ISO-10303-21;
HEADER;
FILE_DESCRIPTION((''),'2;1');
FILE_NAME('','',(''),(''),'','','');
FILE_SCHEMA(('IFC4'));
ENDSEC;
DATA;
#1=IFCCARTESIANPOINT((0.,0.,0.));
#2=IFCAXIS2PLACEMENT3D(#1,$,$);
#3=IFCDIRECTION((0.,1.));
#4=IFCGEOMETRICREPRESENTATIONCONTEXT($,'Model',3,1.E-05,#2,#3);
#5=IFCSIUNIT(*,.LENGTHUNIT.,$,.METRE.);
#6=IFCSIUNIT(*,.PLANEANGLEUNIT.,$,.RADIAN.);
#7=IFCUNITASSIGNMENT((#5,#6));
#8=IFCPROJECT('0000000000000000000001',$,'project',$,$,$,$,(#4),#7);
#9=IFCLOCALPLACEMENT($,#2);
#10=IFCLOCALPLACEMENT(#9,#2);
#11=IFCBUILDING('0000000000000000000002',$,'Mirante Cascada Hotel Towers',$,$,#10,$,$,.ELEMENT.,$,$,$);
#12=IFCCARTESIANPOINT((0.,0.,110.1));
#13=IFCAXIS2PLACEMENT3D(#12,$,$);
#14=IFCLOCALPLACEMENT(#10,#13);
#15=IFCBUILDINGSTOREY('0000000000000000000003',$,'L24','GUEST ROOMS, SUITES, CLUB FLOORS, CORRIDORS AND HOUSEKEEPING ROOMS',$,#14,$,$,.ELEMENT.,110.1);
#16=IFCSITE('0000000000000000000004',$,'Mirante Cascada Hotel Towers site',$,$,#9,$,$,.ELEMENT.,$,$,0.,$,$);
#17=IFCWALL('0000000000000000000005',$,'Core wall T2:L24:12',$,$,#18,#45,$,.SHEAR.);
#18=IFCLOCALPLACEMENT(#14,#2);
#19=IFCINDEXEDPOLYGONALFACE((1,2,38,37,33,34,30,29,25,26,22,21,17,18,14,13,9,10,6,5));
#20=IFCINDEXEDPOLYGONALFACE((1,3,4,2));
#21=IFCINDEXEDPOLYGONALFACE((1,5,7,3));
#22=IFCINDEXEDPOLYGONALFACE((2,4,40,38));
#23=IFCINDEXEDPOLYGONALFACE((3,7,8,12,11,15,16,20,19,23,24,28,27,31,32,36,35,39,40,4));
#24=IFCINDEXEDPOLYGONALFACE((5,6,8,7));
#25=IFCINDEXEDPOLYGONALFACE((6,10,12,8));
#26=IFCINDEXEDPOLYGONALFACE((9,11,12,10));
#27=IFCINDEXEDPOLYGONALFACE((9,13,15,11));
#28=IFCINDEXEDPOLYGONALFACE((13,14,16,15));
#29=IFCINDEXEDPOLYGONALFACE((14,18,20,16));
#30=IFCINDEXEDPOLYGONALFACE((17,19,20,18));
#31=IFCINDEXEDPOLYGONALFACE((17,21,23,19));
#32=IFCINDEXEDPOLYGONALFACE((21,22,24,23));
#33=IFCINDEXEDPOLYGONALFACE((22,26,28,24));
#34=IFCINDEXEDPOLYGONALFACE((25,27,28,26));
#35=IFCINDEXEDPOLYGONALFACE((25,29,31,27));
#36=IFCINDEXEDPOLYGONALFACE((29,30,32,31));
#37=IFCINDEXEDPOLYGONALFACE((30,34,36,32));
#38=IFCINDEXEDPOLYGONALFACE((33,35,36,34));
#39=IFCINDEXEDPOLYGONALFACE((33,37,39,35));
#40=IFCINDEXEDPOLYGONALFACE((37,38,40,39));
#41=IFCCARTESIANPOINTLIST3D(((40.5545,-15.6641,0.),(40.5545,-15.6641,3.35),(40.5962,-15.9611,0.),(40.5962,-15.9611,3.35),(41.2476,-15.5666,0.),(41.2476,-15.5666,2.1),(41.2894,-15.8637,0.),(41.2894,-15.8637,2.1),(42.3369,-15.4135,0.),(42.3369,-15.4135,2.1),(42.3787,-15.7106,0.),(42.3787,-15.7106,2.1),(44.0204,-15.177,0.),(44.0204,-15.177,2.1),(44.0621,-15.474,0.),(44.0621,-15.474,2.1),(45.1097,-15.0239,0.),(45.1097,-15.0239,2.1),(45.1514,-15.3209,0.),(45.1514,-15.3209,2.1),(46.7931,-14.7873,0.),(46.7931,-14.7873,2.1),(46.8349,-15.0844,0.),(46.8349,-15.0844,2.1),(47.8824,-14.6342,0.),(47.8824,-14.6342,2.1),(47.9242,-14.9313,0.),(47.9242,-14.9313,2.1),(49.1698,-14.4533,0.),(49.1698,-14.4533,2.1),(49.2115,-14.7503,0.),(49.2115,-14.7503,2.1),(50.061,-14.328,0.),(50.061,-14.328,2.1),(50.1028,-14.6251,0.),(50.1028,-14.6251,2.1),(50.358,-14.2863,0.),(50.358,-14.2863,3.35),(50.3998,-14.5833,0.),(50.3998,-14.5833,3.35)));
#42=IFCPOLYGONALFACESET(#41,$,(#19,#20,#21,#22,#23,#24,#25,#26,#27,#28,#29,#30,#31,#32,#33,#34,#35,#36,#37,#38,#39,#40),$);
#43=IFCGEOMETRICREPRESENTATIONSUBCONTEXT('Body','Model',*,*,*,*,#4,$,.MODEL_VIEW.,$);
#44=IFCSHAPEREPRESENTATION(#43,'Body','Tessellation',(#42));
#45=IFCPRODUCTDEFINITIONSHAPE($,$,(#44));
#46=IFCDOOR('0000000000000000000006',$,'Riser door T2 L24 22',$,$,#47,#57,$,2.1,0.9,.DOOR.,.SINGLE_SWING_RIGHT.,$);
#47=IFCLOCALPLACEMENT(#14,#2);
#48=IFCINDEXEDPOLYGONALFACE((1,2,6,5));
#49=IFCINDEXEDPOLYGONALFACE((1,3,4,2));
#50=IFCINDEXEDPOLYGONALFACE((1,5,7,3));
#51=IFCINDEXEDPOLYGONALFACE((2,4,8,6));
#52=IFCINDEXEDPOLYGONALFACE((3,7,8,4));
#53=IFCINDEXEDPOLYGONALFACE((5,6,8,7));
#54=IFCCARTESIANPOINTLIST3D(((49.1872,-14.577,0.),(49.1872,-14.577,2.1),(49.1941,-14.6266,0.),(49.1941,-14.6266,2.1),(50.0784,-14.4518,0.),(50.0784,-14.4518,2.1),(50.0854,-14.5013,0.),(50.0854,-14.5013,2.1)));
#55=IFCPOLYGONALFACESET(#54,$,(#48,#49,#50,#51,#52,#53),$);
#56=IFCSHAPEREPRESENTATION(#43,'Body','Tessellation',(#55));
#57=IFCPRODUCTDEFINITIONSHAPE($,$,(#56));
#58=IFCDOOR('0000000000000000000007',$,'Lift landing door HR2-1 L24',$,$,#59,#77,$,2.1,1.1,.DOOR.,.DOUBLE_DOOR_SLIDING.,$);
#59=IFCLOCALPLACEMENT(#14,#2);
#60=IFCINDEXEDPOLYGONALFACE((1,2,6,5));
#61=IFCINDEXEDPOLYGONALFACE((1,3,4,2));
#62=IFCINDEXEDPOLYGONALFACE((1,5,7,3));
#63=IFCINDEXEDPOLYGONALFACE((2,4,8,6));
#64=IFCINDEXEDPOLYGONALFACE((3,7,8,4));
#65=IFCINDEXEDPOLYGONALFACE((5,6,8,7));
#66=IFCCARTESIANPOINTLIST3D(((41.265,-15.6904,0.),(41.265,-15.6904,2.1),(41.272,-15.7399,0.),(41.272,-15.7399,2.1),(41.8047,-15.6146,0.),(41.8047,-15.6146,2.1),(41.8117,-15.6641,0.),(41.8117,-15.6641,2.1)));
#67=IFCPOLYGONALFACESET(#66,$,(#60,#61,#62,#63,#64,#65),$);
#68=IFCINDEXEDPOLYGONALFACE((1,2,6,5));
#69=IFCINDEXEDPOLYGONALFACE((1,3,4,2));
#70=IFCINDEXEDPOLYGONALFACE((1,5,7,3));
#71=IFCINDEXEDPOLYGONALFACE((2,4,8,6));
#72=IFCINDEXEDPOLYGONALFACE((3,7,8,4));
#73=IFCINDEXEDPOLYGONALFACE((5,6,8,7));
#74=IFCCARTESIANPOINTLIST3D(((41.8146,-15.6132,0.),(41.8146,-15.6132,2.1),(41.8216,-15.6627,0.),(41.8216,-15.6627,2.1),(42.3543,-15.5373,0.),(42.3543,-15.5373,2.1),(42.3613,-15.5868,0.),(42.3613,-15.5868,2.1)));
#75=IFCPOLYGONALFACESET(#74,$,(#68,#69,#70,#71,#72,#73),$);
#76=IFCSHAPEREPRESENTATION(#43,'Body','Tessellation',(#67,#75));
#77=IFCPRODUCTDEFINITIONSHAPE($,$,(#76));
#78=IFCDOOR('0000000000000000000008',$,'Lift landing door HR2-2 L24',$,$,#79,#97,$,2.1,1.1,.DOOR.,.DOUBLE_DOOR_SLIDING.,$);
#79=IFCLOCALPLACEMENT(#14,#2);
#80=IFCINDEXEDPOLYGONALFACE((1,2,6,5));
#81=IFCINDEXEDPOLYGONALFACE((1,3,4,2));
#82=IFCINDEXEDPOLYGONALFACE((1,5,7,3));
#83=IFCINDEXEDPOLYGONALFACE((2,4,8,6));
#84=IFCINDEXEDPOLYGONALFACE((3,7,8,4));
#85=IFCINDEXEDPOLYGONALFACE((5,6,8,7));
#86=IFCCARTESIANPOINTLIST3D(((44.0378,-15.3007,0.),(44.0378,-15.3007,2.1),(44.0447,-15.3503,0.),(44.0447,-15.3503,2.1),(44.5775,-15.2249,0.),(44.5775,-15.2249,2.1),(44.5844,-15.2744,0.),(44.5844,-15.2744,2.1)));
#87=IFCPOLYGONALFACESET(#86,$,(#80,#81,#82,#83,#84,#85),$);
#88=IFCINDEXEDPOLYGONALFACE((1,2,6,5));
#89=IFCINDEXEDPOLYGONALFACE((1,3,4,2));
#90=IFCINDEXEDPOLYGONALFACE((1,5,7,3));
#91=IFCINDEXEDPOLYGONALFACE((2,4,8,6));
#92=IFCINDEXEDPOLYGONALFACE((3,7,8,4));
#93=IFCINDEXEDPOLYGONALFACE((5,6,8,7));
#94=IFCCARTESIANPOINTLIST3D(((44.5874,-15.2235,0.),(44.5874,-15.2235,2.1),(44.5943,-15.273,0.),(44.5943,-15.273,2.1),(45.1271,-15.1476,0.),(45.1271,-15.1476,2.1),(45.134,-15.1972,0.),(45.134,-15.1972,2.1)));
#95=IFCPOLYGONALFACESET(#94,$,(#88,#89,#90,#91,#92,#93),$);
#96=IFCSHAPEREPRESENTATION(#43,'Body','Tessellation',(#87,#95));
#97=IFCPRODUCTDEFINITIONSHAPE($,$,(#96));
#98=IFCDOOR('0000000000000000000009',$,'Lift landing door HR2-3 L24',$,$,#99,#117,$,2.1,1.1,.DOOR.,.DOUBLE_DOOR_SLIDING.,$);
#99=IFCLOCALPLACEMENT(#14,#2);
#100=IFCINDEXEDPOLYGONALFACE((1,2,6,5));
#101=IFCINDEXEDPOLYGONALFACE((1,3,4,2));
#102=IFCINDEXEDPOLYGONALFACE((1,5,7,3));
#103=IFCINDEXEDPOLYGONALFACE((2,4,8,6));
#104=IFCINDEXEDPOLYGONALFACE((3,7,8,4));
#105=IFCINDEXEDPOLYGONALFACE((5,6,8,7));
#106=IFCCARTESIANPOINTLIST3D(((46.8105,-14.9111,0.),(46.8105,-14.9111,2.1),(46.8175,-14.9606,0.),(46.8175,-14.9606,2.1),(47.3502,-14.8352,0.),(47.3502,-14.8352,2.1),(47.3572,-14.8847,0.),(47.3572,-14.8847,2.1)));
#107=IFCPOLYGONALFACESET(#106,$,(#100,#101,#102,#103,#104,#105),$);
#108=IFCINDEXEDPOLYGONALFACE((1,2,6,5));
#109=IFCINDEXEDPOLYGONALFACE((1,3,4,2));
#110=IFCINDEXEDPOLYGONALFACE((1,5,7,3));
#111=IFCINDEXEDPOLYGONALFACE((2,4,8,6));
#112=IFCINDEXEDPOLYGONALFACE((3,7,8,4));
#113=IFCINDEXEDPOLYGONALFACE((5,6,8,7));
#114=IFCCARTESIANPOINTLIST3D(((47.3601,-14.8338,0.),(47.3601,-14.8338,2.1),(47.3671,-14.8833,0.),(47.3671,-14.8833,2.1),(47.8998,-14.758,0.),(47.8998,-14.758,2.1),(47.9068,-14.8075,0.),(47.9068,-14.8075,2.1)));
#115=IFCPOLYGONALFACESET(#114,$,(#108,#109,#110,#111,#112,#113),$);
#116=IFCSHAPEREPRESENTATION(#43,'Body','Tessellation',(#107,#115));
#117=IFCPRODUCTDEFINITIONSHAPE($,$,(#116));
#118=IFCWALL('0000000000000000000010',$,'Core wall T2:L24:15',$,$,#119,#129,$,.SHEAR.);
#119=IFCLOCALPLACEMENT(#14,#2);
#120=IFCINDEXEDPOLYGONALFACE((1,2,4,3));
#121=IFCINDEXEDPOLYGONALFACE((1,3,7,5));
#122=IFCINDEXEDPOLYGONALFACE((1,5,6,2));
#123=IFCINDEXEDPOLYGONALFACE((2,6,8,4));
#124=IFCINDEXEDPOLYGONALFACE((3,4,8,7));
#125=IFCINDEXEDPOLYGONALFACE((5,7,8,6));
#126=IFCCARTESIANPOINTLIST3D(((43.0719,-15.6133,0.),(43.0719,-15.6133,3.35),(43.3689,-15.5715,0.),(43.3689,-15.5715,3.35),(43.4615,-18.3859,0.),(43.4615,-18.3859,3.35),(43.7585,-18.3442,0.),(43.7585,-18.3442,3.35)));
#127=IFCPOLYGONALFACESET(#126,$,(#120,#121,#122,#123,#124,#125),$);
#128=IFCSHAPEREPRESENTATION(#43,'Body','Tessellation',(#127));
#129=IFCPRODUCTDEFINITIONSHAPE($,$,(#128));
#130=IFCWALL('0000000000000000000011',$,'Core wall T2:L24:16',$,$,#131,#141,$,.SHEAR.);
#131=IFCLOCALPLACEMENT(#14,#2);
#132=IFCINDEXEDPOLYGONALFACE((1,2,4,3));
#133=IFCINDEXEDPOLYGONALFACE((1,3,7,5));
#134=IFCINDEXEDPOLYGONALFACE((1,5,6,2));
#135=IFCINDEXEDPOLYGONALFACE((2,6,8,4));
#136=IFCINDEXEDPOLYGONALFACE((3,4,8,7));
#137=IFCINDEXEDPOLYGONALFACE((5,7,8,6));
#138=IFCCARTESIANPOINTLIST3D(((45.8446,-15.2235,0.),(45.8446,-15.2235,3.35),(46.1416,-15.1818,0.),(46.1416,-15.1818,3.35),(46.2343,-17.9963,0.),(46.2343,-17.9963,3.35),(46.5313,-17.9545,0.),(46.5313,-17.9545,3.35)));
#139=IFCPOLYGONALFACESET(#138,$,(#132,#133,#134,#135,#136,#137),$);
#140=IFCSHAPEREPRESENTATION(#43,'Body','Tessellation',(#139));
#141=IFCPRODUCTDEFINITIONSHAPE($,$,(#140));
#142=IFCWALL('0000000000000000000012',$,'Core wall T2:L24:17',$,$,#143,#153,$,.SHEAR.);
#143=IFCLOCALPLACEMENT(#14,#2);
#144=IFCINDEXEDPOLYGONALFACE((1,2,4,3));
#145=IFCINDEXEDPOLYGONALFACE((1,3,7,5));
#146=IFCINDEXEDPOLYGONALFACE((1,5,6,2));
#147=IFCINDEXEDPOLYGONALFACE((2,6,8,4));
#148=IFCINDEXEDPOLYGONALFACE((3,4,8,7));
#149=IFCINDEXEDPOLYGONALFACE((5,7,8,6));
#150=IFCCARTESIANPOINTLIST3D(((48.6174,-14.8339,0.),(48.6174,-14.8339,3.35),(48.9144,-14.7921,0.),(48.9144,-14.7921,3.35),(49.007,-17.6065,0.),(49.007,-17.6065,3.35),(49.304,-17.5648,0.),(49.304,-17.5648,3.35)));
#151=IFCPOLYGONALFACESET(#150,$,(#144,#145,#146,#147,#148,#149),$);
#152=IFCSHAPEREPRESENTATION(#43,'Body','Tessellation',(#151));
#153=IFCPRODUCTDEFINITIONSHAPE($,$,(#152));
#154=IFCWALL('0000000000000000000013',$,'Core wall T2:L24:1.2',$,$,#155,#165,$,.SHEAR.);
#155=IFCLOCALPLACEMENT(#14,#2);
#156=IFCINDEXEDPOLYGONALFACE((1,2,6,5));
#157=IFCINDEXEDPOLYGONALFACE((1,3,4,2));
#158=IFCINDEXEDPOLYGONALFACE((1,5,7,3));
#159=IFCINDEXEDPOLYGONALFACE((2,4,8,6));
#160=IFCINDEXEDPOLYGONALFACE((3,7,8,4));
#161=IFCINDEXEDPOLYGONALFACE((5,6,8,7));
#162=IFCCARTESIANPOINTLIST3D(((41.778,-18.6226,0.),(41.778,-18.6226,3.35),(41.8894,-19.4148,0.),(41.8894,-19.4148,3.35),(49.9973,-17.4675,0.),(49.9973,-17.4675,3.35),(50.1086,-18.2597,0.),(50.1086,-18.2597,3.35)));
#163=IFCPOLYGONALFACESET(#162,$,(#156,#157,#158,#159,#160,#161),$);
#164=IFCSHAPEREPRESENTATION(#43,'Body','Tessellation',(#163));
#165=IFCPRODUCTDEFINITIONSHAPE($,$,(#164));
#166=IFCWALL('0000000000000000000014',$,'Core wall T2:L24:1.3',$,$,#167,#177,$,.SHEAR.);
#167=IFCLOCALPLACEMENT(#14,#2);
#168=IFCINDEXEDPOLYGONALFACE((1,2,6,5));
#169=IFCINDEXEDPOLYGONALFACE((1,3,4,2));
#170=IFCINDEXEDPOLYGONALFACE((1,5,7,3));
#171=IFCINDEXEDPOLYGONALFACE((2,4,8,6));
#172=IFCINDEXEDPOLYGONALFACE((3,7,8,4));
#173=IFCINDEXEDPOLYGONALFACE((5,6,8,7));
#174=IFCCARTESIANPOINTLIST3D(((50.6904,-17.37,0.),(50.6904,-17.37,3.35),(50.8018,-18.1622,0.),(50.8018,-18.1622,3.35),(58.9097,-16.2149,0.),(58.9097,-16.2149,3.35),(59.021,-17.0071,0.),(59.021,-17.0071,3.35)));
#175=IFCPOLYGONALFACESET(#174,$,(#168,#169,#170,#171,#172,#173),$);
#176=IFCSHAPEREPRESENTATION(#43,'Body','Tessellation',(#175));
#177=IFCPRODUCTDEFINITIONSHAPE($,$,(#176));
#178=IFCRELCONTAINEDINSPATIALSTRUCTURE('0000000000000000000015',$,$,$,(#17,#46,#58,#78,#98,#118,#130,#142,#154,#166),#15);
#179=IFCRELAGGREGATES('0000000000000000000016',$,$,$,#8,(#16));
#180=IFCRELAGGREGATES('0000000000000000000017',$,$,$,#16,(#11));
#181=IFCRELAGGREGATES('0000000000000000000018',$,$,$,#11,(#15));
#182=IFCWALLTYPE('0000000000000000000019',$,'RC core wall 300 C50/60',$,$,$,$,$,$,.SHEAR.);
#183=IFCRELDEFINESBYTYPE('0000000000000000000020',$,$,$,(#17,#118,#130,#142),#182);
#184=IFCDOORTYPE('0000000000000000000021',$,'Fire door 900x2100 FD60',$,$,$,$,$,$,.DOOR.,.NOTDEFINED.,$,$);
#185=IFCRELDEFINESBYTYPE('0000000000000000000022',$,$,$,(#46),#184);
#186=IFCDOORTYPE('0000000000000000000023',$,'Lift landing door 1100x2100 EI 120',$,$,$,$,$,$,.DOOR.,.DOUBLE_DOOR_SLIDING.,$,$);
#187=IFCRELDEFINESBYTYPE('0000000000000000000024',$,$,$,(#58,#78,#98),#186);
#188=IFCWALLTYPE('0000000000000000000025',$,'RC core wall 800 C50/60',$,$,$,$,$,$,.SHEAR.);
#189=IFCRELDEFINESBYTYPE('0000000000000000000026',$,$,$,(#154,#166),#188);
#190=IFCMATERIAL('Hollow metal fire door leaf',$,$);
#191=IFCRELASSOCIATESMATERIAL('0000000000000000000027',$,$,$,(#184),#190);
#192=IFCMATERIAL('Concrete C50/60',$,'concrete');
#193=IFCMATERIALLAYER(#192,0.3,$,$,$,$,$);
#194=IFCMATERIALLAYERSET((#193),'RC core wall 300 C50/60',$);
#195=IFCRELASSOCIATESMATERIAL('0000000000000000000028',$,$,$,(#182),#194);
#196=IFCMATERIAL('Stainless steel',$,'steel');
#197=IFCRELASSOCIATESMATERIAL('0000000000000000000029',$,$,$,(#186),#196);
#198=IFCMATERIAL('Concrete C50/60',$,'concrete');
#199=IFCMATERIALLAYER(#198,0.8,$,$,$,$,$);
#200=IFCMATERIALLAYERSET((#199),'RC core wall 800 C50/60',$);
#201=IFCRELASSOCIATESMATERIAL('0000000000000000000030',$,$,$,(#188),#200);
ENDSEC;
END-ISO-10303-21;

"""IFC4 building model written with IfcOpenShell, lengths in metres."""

from ifc_helpers import new_model, si_unit, direction, frame, frame_2d, origin, place, context, subcontext, project, spatial, rectangle, extrude, material, layer, layer_set, type_object, element, fill, save


model = new_model("IFC4")

# Units and contexts
model_context = context("Model", 3, precision=1e-05, world=origin(), true_north=direction((0.0, 1.0)))
body_context = subcontext(model_context, "Body", "Model", "MODEL_VIEW")
ifc_project = project(units=[si_unit("LENGTHUNIT", "METRE"), si_unit("PLANEANGLEUNIT", "RADIAN")], contexts=[model_context])

# Site, building, storey
site_placement = place(None, origin())
site = spatial("IfcSite", under=ifc_project, at=site_placement, Name="Mirante Cascada Hotel Towers site", CompositionType="ELEMENT", RefElevation=0.0)
building_placement = place(site_placement, origin())
building = spatial("IfcBuilding", under=site, at=building_placement, Name="Mirante Cascada Hotel Towers", CompositionType="ELEMENT")
storey_placement = place(building_placement, frame((0.0, 0.0, 110.1)))
storey = spatial("IfcBuildingStorey", under=building, at=storey_placement, Name="L24", Description="GUEST ROOMS, SUITES, CLUB FLOORS, CORRIDORS AND HOUSEKEEPING ROOMS", CompositionType="ELEMENT", Elevation=110.1)

# Shared definitions
ifc_material_1 = material(Name="Hollow metal fire door leaf")
door_type_1 = type_object("IfcDoorType", Name="Fire door 900x2100 FD60", OperationType="NOTDEFINED", PredefinedType="DOOR", material=ifc_material_1)

# Shared definitions
ifc_material_2 = material(Name="Concrete C50/60", Category="concrete")
ifc_layer_1 = layer(ifc_material_2, 0.3)
ifc_layer_set_1 = layer_set([ifc_layer_1], Name="RC core wall 300 C50/60")
wall_type_1 = type_object("IfcWallType", Name="RC core wall 300 C50/60", PredefinedType="SHEAR", material=ifc_layer_set_1)

# Wall, openings, doors
wall_1_placement = place(storey_placement, frame((40.5753, -15.8126, 0.0), z_axis=(0.0, 0.0, 1.0), x_axis=(0.990268, 0.139173, 0.0)))
wall_1 = element("IfcWall", 1, at=wall_1_placement, inside=storey, type_object=wall_type_1, Name="Core wall T2:L24:12", PredefinedType="SHEAR", context=body_context, shape_type="SweptSolid", body=[
    extrude(rectangle(XDim=9.8999, YDim=0.3, at=frame_2d((4.95, 0.0))), origin(), (0.0, 0.0, 1.0), 3.35),
])
opening_1_placement = place(wall_1_placement, frame((0.7, 0.0, 0.0)))
opening_1 = element("IfcOpeningElement", 2, at=opening_1_placement, cuts=wall_1, PredefinedType="OPENING", context=body_context, shape_type="SweptSolid", body=[
    extrude(rectangle(XDim=1.1, YDim=2.1, at=frame_2d((0.55, 1.05))), frame((0.0, 0.15, 0.0), z_axis=(0.0, -1.0, 0.0), x_axis=(1.0, 0.0, 0.0)), (0.0, 0.0, 1.0), 0.3),
])
opening_2_placement = place(wall_1_placement, frame((3.5, 0.0, 0.0)))
opening_2 = element("IfcOpeningElement", 3, at=opening_2_placement, cuts=wall_1, PredefinedType="OPENING", context=body_context, shape_type="SweptSolid", body=[
    extrude(rectangle(XDim=1.1, YDim=2.1, at=frame_2d((0.55, 1.05))), frame((0.0, 0.15, 0.0), z_axis=(0.0, -1.0, 0.0), x_axis=(1.0, 0.0, 0.0)), (0.0, 0.0, 1.0), 0.3),
])
opening_3_placement = place(wall_1_placement, frame((6.3, 0.0, 0.0)))
opening_3 = element("IfcOpeningElement", 4, at=opening_3_placement, cuts=wall_1, PredefinedType="OPENING", context=body_context, shape_type="SweptSolid", body=[
    extrude(rectangle(XDim=1.1, YDim=2.1, at=frame_2d((0.55, 1.05))), frame((0.0, 0.15, 0.0), z_axis=(0.0, -1.0, 0.0), x_axis=(1.0, 0.0, 0.0)), (0.0, 0.0, 1.0), 0.3),
])
opening_4_placement = place(wall_1_placement, frame((8.7, 0.0, 0.0)))
opening_4 = element("IfcOpeningElement", 5, at=opening_4_placement, cuts=wall_1, PredefinedType="OPENING", context=body_context, shape_type="SweptSolid", body=[
    extrude(rectangle(XDim=0.9, YDim=2.1, at=frame_2d((0.45, 1.05))), frame((0.0, 0.15, 0.0), z_axis=(0.0, -1.0, 0.0), x_axis=(1.0, 0.0, 0.0)), (0.0, 0.0, 1.0), 0.3),
])
door_1_placement = place(opening_4_placement, frame((0.9, 0.0, 0.0), z_axis=(0.0, 0.0, 1.0), x_axis=(-1.0, 0.0, 0.0)))
door_1 = element("IfcDoor", 6, at=door_1_placement, inside=storey, type_object=door_type_1, Name="Riser door T2 L24 22", OperationType="SINGLE_SWING_RIGHT", OverallHeight=2.1, OverallWidth=0.9, PredefinedType="DOOR", context=body_context, shape_type="SweptSolid", body=[
    extrude(rectangle(XDim=0.9, YDim=2.1, at=frame_2d((0.45, 1.05))), frame((0.0, 0.025, 0.0), z_axis=(0.0, -1.0, 0.0), x_axis=(1.0, 0.0, 0.0)), (0.0, 0.0, 1.0), 0.05),
])
fill(opening_4, door_1)
ifc_material_3 = material(Name="Stainless steel", Category="steel")
door_type_2 = type_object("IfcDoorType", Name="Lift landing door 1100x2100 EI 120", OperationType="DOUBLE_DOOR_SLIDING", PredefinedType="DOOR", material=ifc_material_3)
door_2_placement = place(opening_1_placement, origin())
door_2 = element("IfcDoor", 7, at=door_2_placement, inside=storey, type_object=door_type_2, Name="Lift landing door HR2-1 L24", OperationType="DOUBLE_DOOR_SLIDING", OverallHeight=2.1, OverallWidth=1.1, PredefinedType="DOOR", context=body_context, shape_type="SweptSolid", body=[
    extrude(rectangle(XDim=0.545, YDim=2.1, at=frame_2d((0.2725, 1.05))), frame((0.0, 0.025, 0.0), z_axis=(0.0, -1.0, 0.0), x_axis=(1.0, 0.0, 0.0)), (0.0, 0.0, 1.0), 0.05),
    extrude(rectangle(XDim=0.545, YDim=2.1, at=frame_2d((0.8275, 1.05))), frame((0.0, 0.025, 0.0), z_axis=(0.0, -1.0, 0.0), x_axis=(1.0, 0.0, 0.0)), (0.0, 0.0, 1.0), 0.05),
])
fill(opening_1, door_2)
door_3_placement = place(opening_2_placement, origin())
door_3 = element("IfcDoor", 8, at=door_3_placement, inside=storey, type_object=door_type_2, Name="Lift landing door HR2-2 L24", OperationType="DOUBLE_DOOR_SLIDING", OverallHeight=2.1, OverallWidth=1.1, PredefinedType="DOOR", context=body_context, shape_type="SweptSolid", body=[
    extrude(rectangle(XDim=0.545, YDim=2.1, at=frame_2d((0.2725, 1.05))), frame((0.0, 0.025, 0.0), z_axis=(0.0, -1.0, 0.0), x_axis=(1.0, 0.0, 0.0)), (0.0, 0.0, 1.0), 0.05),
    extrude(rectangle(XDim=0.545, YDim=2.1, at=frame_2d((0.8275, 1.05))), frame((0.0, 0.025, 0.0), z_axis=(0.0, -1.0, 0.0), x_axis=(1.0, 0.0, 0.0)), (0.0, 0.0, 1.0), 0.05),
])
fill(opening_2, door_3)
door_4_placement = place(opening_3_placement, origin())
door_4 = element("IfcDoor", 9, at=door_4_placement, inside=storey, type_object=door_type_2, Name="Lift landing door HR2-3 L24", OperationType="DOUBLE_DOOR_SLIDING", OverallHeight=2.1, OverallWidth=1.1, PredefinedType="DOOR", context=body_context, shape_type="SweptSolid", body=[
    extrude(rectangle(XDim=0.545, YDim=2.1, at=frame_2d((0.2725, 1.05))), frame((0.0, 0.025, 0.0), z_axis=(0.0, -1.0, 0.0), x_axis=(1.0, 0.0, 0.0)), (0.0, 0.0, 1.0), 0.05),
    extrude(rectangle(XDim=0.545, YDim=2.1, at=frame_2d((0.8275, 1.05))), frame((0.0, 0.025, 0.0), z_axis=(0.0, -1.0, 0.0), x_axis=(1.0, 0.0, 0.0)), (0.0, 0.0, 1.0), 0.05),
])
fill(opening_3, door_4)

# Walls
wall_2_placement = place(storey_placement, frame((43.61, -18.3651, 0.0), z_axis=(0.0, 0.0, 1.0), x_axis=(-0.139146, 0.990272, 0.0)))
element("IfcWall", 10, at=wall_2_placement, inside=storey, type_object=wall_type_1, Name="Core wall T2:L24:15", PredefinedType="SHEAR", context=body_context, shape_type="SweptSolid", body=[
    extrude(rectangle(XDim=2.7999, YDim=0.3, at=frame_2d((1.4, 0.0))), origin(), (0.0, 0.0, 1.0), 3.35),
])
wall_3_placement = place(storey_placement, frame((46.3828, -17.9754, 0.0), z_axis=(0.0, 0.0, 1.0), x_axis=(-0.139181, 0.990267, 0.0)))
element("IfcWall", 11, at=wall_3_placement, inside=storey, type_object=wall_type_1, Name="Core wall T2:L24:16", PredefinedType="SHEAR", context=body_context, shape_type="SweptSolid", body=[
    extrude(rectangle(XDim=2.8, YDim=0.3, at=frame_2d((1.4, 0.0))), origin(), (0.0, 0.0, 1.0), 3.35),
])
wall_4_placement = place(storey_placement, frame((49.1555, -17.5857, 0.0), z_axis=(0.0, 0.0, 1.0), x_axis=(-0.139146, 0.990272, 0.0)))
element("IfcWall", 12, at=wall_4_placement, inside=storey, type_object=wall_type_1, Name="Core wall T2:L24:17", PredefinedType="SHEAR", context=body_context, shape_type="SweptSolid", body=[
    extrude(rectangle(XDim=2.7999, YDim=0.3, at=frame_2d((1.4, 0.0))), origin(), (0.0, 0.0, 1.0), 3.35),
])

# Walls
ifc_material_4 = material(Name="Concrete C50/60", Category="concrete")
ifc_layer_2 = layer(ifc_material_4, 0.8)
ifc_layer_set_2 = layer_set([ifc_layer_2], Name="RC core wall 800 C50/60")
wall_type_2 = type_object("IfcWallType", Name="RC core wall 800 C50/60", PredefinedType="SHEAR", material=ifc_layer_set_2)
for number, where, z_axis, x_axis, name in (
    (13, (41.8337, -19.0187, 0.0), (0.0, 0.0, 1.0), (0.990269, 0.139169, 0.0), "Core wall T2:L24:1.2"),
    (14, (50.7461, -17.7661, 0.0), (0.0, 0.0, 1.0), (0.990269, 0.139169, 0.0), "Core wall T2:L24:1.3"),
):
    element("IfcWall", number, at=place(storey_placement, frame(where, z_axis=z_axis, x_axis=x_axis)), inside=storey, type_object=wall_type_2, Name=name, PredefinedType="SHEAR", context=body_context, shape_type="SweptSolid", body=[
        extrude(rectangle(XDim=8.3, YDim=0.8, at=frame_2d((4.15, 0.0))), origin(), (0.0, 0.0, 1.0), 3.35),
    ])

save(model, "model.ifc")
